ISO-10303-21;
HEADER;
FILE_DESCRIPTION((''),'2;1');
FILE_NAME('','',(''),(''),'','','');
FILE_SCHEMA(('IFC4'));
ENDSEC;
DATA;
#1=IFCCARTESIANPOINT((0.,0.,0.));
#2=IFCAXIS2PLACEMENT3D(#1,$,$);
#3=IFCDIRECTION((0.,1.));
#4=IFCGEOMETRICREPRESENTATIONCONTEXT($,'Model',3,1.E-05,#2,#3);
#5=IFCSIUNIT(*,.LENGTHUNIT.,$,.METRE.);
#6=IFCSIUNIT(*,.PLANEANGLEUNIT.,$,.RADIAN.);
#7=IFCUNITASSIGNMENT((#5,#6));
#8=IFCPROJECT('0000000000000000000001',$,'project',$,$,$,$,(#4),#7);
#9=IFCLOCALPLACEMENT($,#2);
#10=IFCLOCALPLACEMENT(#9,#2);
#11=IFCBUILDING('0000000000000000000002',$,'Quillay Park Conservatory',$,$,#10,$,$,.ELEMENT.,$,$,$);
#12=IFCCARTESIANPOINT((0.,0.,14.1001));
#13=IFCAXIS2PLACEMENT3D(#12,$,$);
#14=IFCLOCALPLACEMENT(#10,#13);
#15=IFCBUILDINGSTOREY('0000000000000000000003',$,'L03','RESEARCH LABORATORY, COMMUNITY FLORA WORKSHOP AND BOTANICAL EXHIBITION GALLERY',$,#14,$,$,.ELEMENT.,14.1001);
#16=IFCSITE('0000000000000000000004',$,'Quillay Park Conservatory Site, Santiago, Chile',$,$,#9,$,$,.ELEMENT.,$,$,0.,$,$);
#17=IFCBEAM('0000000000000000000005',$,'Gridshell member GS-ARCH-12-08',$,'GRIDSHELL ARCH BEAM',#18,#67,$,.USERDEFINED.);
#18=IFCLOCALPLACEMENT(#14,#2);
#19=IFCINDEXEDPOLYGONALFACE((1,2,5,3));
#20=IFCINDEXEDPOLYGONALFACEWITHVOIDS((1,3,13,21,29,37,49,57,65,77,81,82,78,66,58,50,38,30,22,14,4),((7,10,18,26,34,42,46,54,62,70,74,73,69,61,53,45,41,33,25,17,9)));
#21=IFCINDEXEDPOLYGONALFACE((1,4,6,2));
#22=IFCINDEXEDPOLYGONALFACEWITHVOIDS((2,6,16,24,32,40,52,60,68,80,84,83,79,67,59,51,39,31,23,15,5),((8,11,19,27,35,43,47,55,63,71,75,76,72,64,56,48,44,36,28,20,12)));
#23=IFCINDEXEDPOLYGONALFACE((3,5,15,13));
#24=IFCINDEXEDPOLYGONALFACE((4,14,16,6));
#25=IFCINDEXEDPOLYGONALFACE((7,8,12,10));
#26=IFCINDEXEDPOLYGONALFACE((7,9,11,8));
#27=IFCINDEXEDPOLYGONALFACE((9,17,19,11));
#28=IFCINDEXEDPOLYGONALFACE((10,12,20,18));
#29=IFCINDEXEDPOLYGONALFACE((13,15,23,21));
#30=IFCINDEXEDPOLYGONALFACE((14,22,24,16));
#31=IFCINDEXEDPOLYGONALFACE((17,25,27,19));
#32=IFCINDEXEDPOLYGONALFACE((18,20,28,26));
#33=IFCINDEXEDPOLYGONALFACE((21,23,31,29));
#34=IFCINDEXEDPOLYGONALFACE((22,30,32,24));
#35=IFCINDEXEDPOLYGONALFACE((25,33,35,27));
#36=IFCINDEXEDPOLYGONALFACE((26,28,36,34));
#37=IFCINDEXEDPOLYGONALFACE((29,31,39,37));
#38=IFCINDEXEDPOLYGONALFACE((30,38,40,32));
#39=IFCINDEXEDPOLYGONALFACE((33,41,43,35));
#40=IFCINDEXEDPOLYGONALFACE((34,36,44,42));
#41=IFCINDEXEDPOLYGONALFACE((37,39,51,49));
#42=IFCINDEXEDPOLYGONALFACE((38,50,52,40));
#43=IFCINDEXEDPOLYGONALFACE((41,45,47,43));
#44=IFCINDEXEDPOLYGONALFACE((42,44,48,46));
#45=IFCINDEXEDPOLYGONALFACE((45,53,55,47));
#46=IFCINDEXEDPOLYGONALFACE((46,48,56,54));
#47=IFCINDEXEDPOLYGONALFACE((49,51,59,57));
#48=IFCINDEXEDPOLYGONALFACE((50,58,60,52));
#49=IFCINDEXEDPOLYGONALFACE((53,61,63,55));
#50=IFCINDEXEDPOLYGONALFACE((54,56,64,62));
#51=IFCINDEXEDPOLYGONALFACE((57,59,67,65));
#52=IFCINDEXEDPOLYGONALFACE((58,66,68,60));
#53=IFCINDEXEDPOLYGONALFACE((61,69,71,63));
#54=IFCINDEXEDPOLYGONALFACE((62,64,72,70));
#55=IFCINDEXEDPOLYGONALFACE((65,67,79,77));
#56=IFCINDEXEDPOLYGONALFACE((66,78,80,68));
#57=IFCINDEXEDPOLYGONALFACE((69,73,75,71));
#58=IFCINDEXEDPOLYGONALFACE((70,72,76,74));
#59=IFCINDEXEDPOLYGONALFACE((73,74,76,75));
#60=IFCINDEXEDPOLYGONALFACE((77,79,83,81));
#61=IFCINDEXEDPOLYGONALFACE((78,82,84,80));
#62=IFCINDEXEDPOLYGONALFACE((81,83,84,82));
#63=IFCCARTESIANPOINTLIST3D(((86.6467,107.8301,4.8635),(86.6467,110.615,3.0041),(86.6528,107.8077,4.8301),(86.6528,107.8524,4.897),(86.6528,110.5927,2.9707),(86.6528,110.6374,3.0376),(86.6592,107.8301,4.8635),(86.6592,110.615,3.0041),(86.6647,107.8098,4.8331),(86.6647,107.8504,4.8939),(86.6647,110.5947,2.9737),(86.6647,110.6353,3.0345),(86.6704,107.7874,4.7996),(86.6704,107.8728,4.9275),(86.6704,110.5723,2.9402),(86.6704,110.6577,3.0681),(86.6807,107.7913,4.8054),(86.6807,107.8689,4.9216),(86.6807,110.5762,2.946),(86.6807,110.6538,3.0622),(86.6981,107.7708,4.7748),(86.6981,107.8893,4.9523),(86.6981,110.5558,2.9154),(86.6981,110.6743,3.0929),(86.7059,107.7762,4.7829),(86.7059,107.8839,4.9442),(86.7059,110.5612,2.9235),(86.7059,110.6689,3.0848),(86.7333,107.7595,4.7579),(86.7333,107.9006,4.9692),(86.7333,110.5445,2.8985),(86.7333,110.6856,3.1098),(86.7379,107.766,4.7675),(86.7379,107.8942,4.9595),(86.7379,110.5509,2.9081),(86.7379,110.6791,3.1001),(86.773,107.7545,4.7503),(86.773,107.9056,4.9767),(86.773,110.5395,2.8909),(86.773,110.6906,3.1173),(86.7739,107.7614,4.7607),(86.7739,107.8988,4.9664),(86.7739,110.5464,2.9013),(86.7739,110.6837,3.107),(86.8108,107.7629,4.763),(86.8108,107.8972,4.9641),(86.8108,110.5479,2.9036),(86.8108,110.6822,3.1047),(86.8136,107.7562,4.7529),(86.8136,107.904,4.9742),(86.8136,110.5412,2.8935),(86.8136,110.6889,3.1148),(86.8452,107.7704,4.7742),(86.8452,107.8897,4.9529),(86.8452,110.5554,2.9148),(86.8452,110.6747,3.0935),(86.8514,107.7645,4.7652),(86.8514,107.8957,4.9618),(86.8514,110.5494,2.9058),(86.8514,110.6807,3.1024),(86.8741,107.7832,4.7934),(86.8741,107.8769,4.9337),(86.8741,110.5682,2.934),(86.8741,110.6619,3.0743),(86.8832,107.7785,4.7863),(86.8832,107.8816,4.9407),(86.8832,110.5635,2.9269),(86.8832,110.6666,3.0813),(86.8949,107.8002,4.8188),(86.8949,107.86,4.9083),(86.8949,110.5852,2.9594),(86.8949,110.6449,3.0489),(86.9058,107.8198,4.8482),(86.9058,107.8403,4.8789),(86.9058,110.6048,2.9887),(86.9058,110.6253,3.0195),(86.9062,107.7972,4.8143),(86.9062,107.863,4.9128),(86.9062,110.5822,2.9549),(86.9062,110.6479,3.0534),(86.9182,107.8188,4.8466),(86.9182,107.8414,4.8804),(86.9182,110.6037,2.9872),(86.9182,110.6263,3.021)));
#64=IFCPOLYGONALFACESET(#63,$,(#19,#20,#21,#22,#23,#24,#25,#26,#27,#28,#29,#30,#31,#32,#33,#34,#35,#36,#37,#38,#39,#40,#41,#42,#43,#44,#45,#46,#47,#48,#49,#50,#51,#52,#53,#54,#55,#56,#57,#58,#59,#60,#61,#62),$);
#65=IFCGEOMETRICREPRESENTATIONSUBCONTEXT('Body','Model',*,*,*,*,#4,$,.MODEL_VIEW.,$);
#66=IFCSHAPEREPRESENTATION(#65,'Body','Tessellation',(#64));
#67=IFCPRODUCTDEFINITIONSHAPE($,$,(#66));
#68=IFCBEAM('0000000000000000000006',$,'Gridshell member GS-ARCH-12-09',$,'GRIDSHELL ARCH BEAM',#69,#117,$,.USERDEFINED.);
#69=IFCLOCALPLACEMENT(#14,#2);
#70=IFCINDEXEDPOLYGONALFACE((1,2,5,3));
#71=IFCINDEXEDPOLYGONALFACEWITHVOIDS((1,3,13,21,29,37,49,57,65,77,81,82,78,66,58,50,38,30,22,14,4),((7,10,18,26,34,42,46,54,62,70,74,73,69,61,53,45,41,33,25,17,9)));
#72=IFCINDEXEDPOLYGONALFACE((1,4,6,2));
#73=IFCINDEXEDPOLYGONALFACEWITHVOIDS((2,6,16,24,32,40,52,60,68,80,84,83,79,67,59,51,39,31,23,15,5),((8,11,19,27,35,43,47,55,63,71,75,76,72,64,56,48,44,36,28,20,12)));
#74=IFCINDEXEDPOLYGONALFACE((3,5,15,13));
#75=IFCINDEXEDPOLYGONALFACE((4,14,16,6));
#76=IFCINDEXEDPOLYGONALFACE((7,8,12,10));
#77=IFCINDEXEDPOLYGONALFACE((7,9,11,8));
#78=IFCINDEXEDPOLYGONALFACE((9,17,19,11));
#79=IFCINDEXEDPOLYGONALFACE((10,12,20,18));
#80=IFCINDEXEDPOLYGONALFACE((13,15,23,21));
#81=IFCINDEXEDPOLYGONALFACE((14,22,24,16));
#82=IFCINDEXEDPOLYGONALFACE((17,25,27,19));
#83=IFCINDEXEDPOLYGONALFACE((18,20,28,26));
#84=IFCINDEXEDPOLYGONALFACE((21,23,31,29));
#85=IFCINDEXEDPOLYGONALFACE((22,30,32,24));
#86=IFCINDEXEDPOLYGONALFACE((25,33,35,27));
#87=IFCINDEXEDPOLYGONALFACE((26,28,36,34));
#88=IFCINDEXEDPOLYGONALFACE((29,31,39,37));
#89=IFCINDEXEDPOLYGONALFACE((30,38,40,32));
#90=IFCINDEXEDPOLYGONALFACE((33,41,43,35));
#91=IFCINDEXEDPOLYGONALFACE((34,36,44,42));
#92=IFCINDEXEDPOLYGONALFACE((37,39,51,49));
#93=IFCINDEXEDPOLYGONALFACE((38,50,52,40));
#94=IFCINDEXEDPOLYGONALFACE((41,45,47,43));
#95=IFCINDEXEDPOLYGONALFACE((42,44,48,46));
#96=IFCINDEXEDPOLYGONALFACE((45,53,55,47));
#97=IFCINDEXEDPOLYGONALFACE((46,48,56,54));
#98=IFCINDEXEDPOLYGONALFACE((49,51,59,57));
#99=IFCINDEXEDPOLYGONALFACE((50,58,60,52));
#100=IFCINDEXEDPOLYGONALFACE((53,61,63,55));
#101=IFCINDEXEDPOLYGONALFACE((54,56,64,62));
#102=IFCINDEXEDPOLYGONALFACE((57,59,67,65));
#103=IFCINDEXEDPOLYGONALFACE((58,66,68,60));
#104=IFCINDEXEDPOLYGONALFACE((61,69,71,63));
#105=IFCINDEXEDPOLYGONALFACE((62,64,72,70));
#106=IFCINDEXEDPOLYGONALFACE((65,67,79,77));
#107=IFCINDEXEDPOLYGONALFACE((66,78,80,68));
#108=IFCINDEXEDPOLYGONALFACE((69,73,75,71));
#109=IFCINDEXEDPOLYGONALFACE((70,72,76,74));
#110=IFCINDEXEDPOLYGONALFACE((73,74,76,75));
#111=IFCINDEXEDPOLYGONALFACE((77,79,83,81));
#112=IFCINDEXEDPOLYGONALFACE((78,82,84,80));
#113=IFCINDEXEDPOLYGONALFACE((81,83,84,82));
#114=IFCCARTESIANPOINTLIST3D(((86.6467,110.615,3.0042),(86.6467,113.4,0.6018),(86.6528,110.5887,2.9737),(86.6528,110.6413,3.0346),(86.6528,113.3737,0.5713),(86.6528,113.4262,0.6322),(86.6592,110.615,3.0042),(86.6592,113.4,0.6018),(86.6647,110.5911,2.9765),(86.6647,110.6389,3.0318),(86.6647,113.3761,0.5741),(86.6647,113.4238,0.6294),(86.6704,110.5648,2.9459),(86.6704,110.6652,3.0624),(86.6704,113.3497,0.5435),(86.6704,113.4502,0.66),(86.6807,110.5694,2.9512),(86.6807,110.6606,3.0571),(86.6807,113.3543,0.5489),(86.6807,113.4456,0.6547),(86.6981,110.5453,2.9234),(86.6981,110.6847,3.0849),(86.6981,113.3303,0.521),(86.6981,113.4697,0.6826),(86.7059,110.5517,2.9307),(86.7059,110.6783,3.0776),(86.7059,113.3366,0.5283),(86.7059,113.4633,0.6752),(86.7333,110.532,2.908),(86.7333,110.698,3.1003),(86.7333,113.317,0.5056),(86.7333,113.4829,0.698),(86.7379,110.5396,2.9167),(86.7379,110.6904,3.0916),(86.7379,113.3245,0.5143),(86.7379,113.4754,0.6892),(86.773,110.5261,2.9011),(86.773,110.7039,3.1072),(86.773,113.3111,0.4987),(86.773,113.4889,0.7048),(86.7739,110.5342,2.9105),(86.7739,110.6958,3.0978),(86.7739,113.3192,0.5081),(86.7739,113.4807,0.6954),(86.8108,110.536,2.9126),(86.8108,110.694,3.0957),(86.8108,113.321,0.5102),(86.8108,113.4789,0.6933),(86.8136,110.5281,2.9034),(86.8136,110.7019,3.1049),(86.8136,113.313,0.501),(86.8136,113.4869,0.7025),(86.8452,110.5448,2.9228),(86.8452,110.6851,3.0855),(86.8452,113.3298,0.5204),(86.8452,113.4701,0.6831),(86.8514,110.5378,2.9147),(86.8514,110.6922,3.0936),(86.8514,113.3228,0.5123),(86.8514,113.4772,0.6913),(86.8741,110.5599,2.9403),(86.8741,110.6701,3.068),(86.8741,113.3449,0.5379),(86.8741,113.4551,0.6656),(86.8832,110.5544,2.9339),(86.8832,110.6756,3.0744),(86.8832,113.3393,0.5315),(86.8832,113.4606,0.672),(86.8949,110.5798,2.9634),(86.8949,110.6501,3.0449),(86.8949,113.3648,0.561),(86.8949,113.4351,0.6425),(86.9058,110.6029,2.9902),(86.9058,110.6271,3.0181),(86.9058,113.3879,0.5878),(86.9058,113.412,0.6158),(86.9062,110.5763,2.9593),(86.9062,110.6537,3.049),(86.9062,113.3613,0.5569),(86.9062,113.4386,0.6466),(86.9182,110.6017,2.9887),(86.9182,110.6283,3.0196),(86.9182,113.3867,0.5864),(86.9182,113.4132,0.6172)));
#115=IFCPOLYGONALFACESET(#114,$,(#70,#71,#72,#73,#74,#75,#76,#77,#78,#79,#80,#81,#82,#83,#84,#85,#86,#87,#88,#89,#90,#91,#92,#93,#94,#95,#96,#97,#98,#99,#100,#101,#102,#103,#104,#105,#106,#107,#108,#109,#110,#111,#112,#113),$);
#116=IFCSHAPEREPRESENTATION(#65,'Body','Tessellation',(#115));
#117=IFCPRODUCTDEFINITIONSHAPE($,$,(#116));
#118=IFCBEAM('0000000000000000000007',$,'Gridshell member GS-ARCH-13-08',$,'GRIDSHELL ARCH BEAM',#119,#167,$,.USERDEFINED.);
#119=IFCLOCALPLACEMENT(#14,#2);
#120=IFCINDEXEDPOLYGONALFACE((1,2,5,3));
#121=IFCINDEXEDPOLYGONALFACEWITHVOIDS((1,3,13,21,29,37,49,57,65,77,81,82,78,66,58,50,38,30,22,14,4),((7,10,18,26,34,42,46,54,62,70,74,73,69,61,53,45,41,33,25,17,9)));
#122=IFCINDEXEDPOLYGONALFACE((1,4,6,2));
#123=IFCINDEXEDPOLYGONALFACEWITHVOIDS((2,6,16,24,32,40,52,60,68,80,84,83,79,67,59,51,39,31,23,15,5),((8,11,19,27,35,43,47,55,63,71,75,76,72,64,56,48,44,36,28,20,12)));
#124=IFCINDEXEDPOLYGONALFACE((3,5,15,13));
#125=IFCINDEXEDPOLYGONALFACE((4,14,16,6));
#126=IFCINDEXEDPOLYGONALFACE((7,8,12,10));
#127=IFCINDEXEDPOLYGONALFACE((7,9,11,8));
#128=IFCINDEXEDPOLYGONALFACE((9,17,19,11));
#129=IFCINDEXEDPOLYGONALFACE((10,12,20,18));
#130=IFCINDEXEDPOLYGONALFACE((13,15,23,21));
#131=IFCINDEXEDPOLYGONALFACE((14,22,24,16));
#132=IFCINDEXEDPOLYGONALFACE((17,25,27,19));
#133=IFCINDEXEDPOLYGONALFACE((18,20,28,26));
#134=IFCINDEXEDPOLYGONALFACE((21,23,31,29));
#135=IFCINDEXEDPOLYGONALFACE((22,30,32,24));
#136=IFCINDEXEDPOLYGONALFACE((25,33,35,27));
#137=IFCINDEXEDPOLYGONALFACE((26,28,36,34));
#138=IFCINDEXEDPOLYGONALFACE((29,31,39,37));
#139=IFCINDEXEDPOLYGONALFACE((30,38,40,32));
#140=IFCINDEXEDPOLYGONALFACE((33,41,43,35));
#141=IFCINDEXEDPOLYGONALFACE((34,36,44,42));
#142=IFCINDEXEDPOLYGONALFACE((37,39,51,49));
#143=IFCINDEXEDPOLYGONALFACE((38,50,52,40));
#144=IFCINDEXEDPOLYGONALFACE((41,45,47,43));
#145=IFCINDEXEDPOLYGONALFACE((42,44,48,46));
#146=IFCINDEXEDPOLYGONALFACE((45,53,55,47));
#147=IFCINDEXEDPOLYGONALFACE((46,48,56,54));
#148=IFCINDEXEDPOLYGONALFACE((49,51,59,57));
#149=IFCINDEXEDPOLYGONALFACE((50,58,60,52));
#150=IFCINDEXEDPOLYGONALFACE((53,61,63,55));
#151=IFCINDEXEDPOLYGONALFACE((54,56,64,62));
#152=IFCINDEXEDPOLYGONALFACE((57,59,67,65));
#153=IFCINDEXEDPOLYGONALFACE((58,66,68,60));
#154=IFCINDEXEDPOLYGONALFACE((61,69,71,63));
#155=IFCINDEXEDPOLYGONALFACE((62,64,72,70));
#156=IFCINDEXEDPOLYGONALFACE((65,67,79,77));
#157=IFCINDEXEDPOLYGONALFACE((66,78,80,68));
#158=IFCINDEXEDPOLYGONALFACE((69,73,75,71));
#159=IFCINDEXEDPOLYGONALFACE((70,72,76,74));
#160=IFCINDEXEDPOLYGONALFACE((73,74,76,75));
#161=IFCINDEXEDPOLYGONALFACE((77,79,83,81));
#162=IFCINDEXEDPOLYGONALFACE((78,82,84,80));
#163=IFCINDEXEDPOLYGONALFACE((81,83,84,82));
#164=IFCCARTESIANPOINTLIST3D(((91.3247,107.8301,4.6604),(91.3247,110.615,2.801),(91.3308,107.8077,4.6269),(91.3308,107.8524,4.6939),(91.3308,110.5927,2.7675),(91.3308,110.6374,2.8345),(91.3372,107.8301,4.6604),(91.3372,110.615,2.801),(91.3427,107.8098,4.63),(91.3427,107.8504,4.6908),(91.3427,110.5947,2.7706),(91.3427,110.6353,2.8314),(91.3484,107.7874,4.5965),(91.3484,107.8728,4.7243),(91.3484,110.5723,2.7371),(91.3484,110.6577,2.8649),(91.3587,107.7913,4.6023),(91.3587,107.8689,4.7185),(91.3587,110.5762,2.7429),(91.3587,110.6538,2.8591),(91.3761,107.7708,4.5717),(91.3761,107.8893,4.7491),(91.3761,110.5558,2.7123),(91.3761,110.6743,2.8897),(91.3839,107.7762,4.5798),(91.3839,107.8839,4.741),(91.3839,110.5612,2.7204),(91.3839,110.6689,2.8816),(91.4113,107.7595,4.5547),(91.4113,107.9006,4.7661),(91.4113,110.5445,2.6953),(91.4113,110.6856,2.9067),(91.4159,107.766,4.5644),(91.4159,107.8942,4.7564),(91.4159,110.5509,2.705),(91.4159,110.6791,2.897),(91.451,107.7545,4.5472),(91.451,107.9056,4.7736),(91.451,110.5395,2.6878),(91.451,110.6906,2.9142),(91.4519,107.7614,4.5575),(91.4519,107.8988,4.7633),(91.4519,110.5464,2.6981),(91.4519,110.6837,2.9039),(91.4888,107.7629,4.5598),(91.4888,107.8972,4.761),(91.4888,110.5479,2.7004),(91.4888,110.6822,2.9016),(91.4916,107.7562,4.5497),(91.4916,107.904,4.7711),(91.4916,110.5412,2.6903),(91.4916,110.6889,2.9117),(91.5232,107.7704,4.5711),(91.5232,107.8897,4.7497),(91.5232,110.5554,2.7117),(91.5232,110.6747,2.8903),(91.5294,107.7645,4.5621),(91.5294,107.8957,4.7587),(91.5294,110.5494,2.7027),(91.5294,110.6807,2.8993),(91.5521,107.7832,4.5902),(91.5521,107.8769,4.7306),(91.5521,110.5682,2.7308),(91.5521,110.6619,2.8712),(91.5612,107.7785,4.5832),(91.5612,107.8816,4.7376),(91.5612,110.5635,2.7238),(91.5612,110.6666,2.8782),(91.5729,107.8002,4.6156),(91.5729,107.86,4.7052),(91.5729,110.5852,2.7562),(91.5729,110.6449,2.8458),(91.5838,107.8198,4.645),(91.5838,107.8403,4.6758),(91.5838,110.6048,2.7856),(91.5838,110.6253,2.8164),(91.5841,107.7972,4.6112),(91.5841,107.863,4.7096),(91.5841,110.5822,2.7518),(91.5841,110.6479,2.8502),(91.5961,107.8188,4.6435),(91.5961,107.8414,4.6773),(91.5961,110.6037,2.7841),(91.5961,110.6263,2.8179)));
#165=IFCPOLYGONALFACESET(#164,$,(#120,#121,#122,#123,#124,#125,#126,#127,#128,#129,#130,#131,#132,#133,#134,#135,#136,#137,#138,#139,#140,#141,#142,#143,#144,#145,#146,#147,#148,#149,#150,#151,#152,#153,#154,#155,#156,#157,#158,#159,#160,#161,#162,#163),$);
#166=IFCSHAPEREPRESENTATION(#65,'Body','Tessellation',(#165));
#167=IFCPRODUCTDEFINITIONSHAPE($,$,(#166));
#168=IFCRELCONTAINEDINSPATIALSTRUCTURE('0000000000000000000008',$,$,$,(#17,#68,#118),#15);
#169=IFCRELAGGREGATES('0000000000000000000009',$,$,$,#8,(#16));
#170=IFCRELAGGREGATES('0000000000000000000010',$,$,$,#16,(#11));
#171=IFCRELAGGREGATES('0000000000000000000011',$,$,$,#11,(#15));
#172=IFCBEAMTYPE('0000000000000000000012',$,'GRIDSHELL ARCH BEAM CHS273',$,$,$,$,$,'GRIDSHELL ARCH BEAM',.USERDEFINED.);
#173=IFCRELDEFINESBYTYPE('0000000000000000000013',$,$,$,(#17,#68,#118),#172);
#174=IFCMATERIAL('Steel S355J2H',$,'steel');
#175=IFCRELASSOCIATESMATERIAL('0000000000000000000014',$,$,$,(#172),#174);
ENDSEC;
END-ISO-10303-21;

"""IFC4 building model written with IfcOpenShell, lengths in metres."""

from ifc_helpers import new_model, si_unit, direction, frame, origin, origin_2d, place, context, subcontext, project, spatial, hollow_circle, extrude, material, material_profile, profile_set, type_object, element, save


model = new_model("IFC4")

# Units and contexts
model_context = context("Model", 3, precision=1e-05, world=origin(), true_north=direction((0.0, 1.0)))
body_context = subcontext(model_context, "Body", "Model", "MODEL_VIEW")
ifc_project = project(units=[si_unit("LENGTHUNIT", "METRE"), si_unit("PLANEANGLEUNIT", "RADIAN")], contexts=[model_context])

# Site, building, storey
site_placement = place(None, origin())
site = spatial("IfcSite", under=ifc_project, at=site_placement, Name="Quillay Park Conservatory Site, Santiago, Chile", CompositionType="ELEMENT", RefElevation=0.0)
building_placement = place(site_placement, origin())
building = spatial("IfcBuilding", under=site, at=building_placement, Name="Quillay Park Conservatory", CompositionType="ELEMENT")
storey_placement = place(building_placement, frame((0.0, 0.0, 14.1001)))
storey = spatial("IfcBuildingStorey", under=building, at=storey_placement, Name="L03", Description="RESEARCH LABORATORY, COMMUNITY FLORA WORKSHOP AND BOTANICAL EXHIBITION GALLERY", CompositionType="ELEMENT", Elevation=14.1001)

# Beams
ifc_material_1 = material(Name="Steel S355J2H", Category="steel")
ifc_material_profile_1 = material_profile(ifc_material_1, hollow_circle(Radius=0.1365, WallThickness=0.0125, at=origin_2d()), Name="CHS273x12.5")
ifc_profile_set_1 = profile_set([ifc_material_profile_1], Name="Steel S355J2H")
beam_type = type_object("IfcBeamType", Name="GRIDSHELL ARCH BEAM CHS273", ElementType="GRIDSHELL ARCH BEAM", PredefinedType="USERDEFINED", material=ifc_profile_set_1)
beam_1_placement = place(storey_placement, frame((86.7832, 107.8301, 4.8635), z_axis=(0.0, 0.831669, -0.555272), x_axis=(-1.0, 0.0, 0.0)))
element("IfcBeam", 1, at=beam_1_placement, inside=storey, type_object=beam_type, Name="Gridshell member GS-ARCH-12-08", ObjectType="GRIDSHELL ARCH BEAM", PredefinedType="USERDEFINED", context=body_context, shape_type="SweptSolid", body=[
    extrude(hollow_circle(Radius=0.1365, WallThickness=0.0125, at=origin_2d()), origin(), (0.0, 0.0, 1.0), 3.3486),
])
beam_2_placement = place(storey_placement, frame((86.7832, 110.615, 3.0042), z_axis=(0.0, 0.757201, -0.653183), x_axis=(-1.0, 0.0, 0.0)))
element("IfcBeam", 2, at=beam_2_placement, inside=storey, type_object=beam_type, Name="Gridshell member GS-ARCH-12-09", ObjectType="GRIDSHELL ARCH BEAM", PredefinedType="USERDEFINED", context=body_context, shape_type="SweptSolid", body=[
    extrude(hollow_circle(Radius=0.1365, WallThickness=0.0125, at=origin_2d()), origin(), (0.0, 0.0, 1.0), 3.678),
])
beam_3_placement = place(storey_placement, frame((91.4612, 107.8301, 4.6604), z_axis=(0.0, 0.831669, -0.555272), x_axis=(-1.0, 0.0, 0.0)))
element("IfcBeam", 3, at=beam_3_placement, inside=storey, type_object=beam_type, Name="Gridshell member GS-ARCH-13-08", ObjectType="GRIDSHELL ARCH BEAM", PredefinedType="USERDEFINED", context=body_context, shape_type="SweptSolid", body=[
    extrude(hollow_circle(Radius=0.1365, WallThickness=0.0125, at=origin_2d()), origin(), (0.0, 0.0, 1.0), 3.3486),
])

save(model, "model.ifc")
